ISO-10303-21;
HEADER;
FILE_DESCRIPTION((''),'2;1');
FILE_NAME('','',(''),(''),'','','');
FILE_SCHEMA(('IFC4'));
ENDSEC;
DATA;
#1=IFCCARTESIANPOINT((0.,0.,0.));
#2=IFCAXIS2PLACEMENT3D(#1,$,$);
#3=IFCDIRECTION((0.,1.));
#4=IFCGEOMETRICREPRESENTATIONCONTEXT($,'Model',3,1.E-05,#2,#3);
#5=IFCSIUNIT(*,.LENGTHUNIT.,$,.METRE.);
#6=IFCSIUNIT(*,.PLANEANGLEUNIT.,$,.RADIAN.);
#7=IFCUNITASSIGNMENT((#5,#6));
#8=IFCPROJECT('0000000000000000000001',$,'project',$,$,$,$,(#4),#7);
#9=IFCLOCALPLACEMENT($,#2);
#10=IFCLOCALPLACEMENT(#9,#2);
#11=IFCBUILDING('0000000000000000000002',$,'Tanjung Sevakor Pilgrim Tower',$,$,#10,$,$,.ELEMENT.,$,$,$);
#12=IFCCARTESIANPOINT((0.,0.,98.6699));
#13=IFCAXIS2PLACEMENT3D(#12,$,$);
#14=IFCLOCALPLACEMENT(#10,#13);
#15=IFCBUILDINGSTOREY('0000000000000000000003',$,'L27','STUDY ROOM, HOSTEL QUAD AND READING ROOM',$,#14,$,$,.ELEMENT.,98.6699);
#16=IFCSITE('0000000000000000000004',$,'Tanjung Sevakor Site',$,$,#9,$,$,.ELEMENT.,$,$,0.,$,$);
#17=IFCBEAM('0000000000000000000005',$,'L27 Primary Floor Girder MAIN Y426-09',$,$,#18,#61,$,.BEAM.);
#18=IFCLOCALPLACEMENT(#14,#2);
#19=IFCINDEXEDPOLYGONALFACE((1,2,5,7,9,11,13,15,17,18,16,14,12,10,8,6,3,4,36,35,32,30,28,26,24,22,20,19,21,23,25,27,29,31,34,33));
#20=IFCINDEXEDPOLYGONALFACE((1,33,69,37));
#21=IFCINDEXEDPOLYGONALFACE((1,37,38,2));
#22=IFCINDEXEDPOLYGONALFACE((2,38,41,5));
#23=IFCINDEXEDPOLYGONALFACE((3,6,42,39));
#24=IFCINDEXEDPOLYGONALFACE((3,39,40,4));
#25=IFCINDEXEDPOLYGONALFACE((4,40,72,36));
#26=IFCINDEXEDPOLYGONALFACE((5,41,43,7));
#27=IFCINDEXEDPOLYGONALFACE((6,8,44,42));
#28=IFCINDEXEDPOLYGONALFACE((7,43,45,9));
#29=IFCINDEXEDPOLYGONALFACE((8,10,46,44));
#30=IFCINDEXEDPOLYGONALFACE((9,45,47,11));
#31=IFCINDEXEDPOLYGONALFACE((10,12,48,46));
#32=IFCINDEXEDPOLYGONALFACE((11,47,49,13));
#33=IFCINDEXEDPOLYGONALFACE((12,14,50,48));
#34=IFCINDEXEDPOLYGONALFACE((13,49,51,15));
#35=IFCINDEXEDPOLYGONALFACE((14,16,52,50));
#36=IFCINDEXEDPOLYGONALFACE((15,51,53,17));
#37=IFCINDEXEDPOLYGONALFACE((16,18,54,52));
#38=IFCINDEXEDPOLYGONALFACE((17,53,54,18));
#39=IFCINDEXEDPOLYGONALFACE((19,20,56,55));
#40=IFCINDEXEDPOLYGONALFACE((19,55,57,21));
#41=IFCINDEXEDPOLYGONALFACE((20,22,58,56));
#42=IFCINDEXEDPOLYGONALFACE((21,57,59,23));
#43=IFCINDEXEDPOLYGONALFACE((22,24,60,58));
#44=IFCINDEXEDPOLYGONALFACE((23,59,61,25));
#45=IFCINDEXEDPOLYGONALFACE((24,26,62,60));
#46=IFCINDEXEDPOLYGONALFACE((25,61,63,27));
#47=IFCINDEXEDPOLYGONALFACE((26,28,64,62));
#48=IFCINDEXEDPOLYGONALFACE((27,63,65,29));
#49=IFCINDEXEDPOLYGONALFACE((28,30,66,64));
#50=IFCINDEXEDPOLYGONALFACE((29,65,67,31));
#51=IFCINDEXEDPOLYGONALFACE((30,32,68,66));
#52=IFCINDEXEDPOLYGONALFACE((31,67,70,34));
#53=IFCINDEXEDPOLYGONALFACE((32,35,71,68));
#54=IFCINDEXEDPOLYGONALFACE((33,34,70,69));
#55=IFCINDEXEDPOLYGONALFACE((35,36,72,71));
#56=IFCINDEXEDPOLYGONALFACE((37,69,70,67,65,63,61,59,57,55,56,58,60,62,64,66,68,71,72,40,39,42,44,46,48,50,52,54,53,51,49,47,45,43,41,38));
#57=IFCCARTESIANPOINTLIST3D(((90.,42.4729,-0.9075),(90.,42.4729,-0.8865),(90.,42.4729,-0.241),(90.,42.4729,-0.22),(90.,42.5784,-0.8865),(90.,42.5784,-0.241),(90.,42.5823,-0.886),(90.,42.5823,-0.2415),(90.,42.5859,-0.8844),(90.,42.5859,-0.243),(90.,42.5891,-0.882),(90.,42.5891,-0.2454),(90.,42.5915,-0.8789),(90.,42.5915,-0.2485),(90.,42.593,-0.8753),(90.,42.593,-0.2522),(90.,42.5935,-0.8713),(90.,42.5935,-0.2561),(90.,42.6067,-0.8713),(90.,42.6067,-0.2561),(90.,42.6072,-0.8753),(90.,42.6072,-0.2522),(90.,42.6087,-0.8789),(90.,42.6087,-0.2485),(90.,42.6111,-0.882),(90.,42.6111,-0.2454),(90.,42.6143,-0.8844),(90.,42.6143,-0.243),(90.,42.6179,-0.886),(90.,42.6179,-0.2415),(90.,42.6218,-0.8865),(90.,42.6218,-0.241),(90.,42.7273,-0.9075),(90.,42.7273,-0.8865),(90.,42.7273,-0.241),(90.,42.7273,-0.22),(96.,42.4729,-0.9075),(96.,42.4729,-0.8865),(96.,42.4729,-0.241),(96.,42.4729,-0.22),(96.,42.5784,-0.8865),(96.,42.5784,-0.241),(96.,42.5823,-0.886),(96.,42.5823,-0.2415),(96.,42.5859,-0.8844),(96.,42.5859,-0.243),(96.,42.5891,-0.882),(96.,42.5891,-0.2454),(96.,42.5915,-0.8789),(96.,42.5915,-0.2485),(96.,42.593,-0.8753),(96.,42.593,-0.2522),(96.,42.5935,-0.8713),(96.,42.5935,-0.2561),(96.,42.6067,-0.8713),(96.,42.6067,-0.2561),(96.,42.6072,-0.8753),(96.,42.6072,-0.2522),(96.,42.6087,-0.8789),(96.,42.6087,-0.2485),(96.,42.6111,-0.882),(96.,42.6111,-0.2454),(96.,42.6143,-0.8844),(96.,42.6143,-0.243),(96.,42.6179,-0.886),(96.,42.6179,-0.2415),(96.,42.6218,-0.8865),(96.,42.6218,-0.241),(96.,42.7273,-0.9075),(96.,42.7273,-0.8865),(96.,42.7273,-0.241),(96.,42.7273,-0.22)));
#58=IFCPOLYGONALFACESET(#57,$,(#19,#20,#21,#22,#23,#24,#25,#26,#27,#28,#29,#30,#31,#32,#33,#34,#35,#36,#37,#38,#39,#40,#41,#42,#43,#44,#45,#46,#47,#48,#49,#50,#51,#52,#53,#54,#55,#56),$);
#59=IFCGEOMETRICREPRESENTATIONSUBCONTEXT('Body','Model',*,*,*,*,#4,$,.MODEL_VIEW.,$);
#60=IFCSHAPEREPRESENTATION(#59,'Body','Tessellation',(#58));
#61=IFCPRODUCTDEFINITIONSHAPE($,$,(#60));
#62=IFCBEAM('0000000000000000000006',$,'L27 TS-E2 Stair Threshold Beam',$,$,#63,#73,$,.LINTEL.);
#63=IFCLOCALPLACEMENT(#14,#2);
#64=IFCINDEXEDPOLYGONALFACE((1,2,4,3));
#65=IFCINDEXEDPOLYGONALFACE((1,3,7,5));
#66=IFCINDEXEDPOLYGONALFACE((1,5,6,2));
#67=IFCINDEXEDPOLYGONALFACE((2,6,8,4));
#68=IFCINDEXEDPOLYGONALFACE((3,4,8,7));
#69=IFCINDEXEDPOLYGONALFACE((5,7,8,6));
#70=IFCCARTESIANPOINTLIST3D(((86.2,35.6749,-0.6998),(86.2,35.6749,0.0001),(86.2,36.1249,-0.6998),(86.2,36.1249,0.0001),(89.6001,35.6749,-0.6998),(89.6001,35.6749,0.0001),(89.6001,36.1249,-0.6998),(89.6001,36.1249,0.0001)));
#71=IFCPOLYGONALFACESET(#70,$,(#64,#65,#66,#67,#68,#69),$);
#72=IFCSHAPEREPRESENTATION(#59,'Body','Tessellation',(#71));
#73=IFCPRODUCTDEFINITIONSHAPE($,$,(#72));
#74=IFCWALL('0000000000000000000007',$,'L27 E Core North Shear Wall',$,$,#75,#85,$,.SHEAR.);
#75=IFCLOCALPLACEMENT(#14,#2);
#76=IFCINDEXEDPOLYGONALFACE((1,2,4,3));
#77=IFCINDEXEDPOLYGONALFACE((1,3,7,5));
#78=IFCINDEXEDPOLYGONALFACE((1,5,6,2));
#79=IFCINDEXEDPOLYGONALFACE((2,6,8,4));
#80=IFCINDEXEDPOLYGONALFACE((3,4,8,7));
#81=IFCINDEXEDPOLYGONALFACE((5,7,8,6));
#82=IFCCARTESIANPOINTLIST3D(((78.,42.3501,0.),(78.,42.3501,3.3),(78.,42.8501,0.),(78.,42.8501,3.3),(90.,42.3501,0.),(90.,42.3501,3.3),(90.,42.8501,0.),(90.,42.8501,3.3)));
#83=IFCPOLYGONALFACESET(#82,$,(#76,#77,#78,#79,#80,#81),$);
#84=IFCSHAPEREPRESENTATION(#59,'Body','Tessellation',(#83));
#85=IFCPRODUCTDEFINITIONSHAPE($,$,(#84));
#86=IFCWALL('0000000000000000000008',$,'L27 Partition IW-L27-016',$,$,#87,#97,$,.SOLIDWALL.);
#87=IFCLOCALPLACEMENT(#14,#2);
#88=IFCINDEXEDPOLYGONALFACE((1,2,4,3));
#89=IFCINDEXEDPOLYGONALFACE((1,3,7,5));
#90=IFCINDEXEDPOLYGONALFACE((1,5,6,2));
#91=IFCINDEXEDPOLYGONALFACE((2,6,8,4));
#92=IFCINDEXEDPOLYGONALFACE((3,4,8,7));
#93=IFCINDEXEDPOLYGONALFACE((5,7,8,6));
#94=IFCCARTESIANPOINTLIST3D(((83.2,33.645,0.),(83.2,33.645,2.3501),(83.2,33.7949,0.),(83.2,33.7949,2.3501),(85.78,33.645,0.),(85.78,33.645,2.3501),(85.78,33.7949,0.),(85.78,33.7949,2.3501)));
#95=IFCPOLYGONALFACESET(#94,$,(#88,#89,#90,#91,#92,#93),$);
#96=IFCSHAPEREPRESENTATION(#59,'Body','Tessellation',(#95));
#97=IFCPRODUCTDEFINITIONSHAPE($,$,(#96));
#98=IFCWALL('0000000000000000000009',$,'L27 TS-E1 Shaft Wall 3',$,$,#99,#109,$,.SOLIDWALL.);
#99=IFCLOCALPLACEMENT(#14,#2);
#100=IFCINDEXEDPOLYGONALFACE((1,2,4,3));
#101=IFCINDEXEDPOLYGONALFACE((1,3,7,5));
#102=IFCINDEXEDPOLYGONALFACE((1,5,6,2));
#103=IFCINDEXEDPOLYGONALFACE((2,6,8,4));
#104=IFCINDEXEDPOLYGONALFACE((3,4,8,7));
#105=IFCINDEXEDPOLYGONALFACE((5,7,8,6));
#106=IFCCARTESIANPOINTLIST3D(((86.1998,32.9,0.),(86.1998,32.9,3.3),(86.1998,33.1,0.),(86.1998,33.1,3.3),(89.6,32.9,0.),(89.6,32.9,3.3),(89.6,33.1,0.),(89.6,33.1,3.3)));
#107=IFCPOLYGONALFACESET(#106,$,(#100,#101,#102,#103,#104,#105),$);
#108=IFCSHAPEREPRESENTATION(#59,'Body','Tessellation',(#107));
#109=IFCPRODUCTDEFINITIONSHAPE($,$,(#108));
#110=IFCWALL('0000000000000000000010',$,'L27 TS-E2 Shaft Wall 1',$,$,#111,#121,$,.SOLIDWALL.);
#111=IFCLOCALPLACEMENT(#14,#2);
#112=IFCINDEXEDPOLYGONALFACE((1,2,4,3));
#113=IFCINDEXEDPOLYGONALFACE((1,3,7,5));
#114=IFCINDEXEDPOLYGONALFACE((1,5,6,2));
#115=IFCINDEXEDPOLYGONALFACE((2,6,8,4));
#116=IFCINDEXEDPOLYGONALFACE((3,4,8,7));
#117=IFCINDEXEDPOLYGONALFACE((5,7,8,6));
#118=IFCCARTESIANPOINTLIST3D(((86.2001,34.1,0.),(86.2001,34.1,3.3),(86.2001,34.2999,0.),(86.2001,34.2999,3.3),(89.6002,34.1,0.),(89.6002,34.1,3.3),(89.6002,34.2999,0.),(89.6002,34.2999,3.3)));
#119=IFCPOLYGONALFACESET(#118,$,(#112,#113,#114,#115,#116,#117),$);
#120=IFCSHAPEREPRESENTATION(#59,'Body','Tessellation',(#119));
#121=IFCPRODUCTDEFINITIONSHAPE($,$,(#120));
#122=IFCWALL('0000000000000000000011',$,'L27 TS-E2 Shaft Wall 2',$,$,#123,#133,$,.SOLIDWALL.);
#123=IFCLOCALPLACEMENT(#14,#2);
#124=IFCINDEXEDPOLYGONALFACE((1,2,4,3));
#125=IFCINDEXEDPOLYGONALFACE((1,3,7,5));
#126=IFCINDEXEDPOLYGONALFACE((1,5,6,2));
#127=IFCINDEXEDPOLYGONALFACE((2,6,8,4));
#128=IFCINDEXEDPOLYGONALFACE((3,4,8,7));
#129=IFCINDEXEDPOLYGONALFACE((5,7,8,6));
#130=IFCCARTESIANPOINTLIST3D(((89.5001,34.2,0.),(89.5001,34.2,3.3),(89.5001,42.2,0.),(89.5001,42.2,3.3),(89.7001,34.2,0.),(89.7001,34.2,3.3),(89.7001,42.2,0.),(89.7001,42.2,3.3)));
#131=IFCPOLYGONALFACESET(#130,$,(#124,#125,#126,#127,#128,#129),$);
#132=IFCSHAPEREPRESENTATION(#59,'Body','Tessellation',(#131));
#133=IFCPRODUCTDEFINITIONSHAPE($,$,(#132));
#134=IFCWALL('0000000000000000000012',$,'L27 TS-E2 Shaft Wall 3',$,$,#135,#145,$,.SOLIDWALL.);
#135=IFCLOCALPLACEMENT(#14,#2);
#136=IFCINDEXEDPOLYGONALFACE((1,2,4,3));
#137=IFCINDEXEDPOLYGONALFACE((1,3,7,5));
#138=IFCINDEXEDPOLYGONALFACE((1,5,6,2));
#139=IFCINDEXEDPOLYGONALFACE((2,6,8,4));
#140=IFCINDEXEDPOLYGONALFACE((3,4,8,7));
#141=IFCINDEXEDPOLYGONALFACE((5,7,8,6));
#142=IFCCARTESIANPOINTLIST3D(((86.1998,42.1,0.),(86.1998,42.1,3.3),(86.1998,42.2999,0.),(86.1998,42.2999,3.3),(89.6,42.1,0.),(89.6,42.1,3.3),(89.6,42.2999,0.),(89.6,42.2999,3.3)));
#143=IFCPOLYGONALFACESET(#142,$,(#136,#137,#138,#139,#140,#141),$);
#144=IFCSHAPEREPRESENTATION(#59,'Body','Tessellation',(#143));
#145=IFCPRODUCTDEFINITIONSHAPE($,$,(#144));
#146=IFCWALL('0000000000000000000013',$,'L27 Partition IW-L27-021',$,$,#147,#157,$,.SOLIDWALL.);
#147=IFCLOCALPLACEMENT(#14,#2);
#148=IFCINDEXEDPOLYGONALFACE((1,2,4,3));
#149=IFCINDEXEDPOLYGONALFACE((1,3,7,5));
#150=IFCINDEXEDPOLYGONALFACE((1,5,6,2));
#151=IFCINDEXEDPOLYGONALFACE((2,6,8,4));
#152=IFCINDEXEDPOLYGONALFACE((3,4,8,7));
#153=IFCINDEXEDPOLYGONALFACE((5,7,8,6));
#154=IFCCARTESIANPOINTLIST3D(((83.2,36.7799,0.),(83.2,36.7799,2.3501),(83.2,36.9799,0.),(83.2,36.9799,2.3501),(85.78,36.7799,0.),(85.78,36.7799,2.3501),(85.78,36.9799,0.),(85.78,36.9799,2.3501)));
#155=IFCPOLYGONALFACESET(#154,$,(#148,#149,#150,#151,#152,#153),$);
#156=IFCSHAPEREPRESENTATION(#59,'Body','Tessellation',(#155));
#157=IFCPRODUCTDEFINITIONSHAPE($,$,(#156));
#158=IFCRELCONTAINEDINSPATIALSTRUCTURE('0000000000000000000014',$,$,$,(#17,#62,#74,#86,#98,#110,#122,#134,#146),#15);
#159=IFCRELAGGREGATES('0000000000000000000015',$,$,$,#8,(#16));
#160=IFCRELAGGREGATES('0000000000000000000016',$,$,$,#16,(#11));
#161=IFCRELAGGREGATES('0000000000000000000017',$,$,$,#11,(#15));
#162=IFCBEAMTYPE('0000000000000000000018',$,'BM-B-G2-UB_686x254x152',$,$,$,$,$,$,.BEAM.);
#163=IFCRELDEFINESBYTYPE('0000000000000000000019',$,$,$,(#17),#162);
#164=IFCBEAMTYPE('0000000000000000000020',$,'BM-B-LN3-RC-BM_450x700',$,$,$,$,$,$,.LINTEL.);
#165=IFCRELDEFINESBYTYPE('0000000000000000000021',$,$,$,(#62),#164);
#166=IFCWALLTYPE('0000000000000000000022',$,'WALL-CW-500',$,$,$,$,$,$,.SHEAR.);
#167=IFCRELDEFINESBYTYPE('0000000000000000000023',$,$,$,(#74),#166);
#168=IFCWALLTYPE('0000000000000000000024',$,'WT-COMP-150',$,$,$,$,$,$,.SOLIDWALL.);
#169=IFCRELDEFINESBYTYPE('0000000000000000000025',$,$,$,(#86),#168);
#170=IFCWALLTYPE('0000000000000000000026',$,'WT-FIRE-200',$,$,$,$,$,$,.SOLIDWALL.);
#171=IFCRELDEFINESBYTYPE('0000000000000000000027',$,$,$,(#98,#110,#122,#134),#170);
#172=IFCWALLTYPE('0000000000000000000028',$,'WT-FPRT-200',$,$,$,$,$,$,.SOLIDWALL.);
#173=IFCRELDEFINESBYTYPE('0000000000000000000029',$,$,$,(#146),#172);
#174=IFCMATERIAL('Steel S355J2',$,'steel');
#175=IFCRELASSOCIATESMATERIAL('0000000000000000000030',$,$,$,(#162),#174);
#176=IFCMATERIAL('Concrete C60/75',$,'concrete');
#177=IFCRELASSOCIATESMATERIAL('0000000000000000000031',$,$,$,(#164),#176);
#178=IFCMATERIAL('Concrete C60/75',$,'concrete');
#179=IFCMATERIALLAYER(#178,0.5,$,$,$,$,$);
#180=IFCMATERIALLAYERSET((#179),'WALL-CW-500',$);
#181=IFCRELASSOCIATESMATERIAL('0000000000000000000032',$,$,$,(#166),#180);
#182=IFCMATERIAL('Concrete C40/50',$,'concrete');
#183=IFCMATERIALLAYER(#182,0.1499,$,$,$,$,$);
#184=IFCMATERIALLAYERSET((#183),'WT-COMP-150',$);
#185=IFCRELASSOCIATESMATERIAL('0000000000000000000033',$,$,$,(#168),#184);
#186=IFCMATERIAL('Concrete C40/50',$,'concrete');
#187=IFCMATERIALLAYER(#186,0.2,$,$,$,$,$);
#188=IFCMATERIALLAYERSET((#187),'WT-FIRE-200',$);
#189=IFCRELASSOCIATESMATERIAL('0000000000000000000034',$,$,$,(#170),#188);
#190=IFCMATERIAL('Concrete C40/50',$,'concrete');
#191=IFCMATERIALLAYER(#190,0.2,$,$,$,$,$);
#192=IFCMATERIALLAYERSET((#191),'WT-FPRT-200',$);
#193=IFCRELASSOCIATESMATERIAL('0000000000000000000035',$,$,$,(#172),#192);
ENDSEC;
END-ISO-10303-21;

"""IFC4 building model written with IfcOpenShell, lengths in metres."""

from ifc_helpers import new_model, si_unit, direction, frame, frame_2d, origin, origin_2d, place, context, subcontext, project, spatial, rectangle, i_section, extrude, material, layer, layer_set, material_profile, profile_set, type_object, element, save


model = new_model("IFC4")

# Units and contexts
model_context = context("Model", 3, precision=1e-05, world=origin(), true_north=direction((0.0, 1.0)))
body_context = subcontext(model_context, "Body", "Model", "MODEL_VIEW")
ifc_project = project(units=[si_unit("LENGTHUNIT", "METRE"), si_unit("PLANEANGLEUNIT", "RADIAN")], contexts=[model_context])

# Site, building, storey
site_placement = place(None, origin())
site = spatial("IfcSite", under=ifc_project, at=site_placement, Name="Tanjung Sevakor Site", CompositionType="ELEMENT", RefElevation=0.0)
building_placement = place(site_placement, origin())
building = spatial("IfcBuilding", under=site, at=building_placement, Name="Tanjung Sevakor Pilgrim Tower", CompositionType="ELEMENT")
storey_placement = place(building_placement, frame((0.0, 0.0, 98.6699)))
storey = spatial("IfcBuildingStorey", under=building, at=storey_placement, Name="L27", Description="STUDY ROOM, HOSTEL QUAD AND READING ROOM", CompositionType="ELEMENT", Elevation=98.6699)

# Beams
ifc_material_1 = material(Name="Steel S355J2", Category="steel")
ifc_material_profile_1 = material_profile(ifc_material_1, i_section(OverallWidth=0.2544, OverallDepth=0.6875, WebThickness=0.0132, FlangeThickness=0.021, FilletRadius=0.0151, at=origin_2d()))
ifc_profile_set_1 = profile_set([ifc_material_profile_1], Name="Steel S355J2")
beam_type_1 = type_object("IfcBeamType", Name="BM-B-G2-UB_686x254x152", PredefinedType="BEAM", material=ifc_profile_set_1)
beam_1_placement = place(storey_placement, frame((90.0, 42.6001, -0.5637), z_axis=(1.0, 0.0, 0.0), x_axis=(0.0, 1.0, 0.0)))
element("IfcBeam", 1, at=beam_1_placement, inside=storey, type_object=beam_type_1, Name="L27 Primary Floor Girder MAIN Y426-09", PredefinedType="BEAM", context=body_context, shape_type="SweptSolid", body=[
    extrude(i_section(OverallWidth=0.2544, OverallDepth=0.6875, WebThickness=0.0132, FlangeThickness=0.021, FilletRadius=0.0151, at=origin_2d()), origin(), (0.0, 0.0, 1.0), 6.0),
])
ifc_material_2 = material(Name="Concrete C60/75", Category="concrete")
ifc_material_profile_2 = material_profile(ifc_material_2, rectangle(XDim=0.45, YDim=0.7, at=origin_2d()))
ifc_profile_set_2 = profile_set([ifc_material_profile_2], Name="Concrete C60/75")
beam_type_2 = type_object("IfcBeamType", Name="BM-B-LN3-RC-BM_450x700", PredefinedType="LINTEL", material=ifc_profile_set_2)
beam_2_placement = place(storey_placement, frame((86.2, 35.8999, -0.3499), z_axis=(1.0, 0.0, 0.0), x_axis=(0.0, 1.0, 0.0)))
element("IfcBeam", 2, at=beam_2_placement, inside=storey, type_object=beam_type_2, Name="L27 TS-E2 Stair Threshold Beam", PredefinedType="LINTEL", context=body_context, shape_type="SweptSolid", body=[
    extrude(rectangle(XDim=0.45, YDim=0.7, at=origin_2d()), origin(), (0.0, 0.0, 1.0), 3.4001),
])

# Walls
ifc_material_3 = material(Name="Concrete C60/75", Category="concrete")
ifc_layer_1 = layer(ifc_material_3, 0.5)
ifc_layer_set_1 = layer_set([ifc_layer_1], Name="WALL-CW-500")
wall_type_1 = type_object("IfcWallType", Name="WALL-CW-500", PredefinedType="SHEAR", material=ifc_layer_set_1)
wall_1_placement = place(storey_placement, frame((90.0, 42.6001, 0.0), z_axis=(0.0, 0.0, 1.0), x_axis=(-1.0, 0.0, 0.0)))
element("IfcWall", 3, at=wall_1_placement, inside=storey, type_object=wall_type_1, Name="L27 E Core North Shear Wall", PredefinedType="SHEAR", context=body_context, shape_type="SweptSolid", body=[
    extrude(rectangle(XDim=12.0, YDim=0.5, at=frame_2d((6.0, 0.0))), origin(), (0.0, 0.0, 1.0), 3.3),
])
ifc_material_4 = material(Name="Concrete C40/50", Category="concrete")
ifc_layer_2 = layer(ifc_material_4, 0.1499)
ifc_layer_set_2 = layer_set([ifc_layer_2], Name="WT-COMP-150")
wall_type_2 = type_object("IfcWallType", Name="WT-COMP-150", PredefinedType="SOLIDWALL", material=ifc_layer_set_2)
wall_2_placement = place(storey_placement, frame((83.2, 33.72, 0.0), z_axis=(0.0, 0.0, 1.0), x_axis=(1.0, 0.0, 0.0)))
element("IfcWall", 4, at=wall_2_placement, inside=storey, type_object=wall_type_2, Name="L27 Partition IW-L27-016", PredefinedType="SOLIDWALL", context=body_context, shape_type="SweptSolid", body=[
    extrude(rectangle(XDim=2.5801, YDim=0.1499, at=frame_2d((1.29, 0.0))), origin(), (0.0, 0.0, 1.0), 2.3501),
])
ifc_material_5 = material(Name="Concrete C40/50", Category="concrete")
ifc_layer_3 = layer(ifc_material_5, 0.2)
ifc_layer_set_3 = layer_set([ifc_layer_3], Name="WT-FIRE-200")
wall_type_3 = type_object("IfcWallType", Name="WT-FIRE-200", PredefinedType="SOLIDWALL", material=ifc_layer_set_3)
for number, where, z_axis, x_axis, name in (
    (5, (89.6001, 33.0, 0.0), (0.0, 0.0, 1.0), (-1.0, 0.0, 0.0), "L27 TS-E1 Shaft Wall 3"),
    (6, (86.2, 34.2, 0.0), (0.0, 0.0, 1.0), (1.0, 0.0, 0.0), "L27 TS-E2 Shaft Wall 1"),
):
    element("IfcWall", number, at=place(storey_placement, frame(where, z_axis=z_axis, x_axis=x_axis)), inside=storey, type_object=wall_type_3, Name=name, PredefinedType="SOLIDWALL", context=body_context, shape_type="SweptSolid", body=[
        extrude(rectangle(XDim=3.4001, YDim=0.2, at=frame_2d((1.7002, 0.0))), origin(), (0.0, 0.0, 1.0), 3.3),
    ])
wall_3_placement = place(storey_placement, frame((89.6001, 34.2, 0.0), z_axis=(0.0, 0.0, 1.0), x_axis=(0.0, 1.0, 0.0)))
element("IfcWall", 7, at=wall_3_placement, inside=storey, type_object=wall_type_3, Name="L27 TS-E2 Shaft Wall 2", PredefinedType="SOLIDWALL", context=body_context, shape_type="SweptSolid", body=[
    extrude(rectangle(XDim=8.0, YDim=0.2, at=frame_2d((4.0, 0.0))), origin(), (0.0, 0.0, 1.0), 3.3),
])
wall_4_placement = place(storey_placement, frame((89.6001, 42.2, 0.0), z_axis=(0.0, 0.0, 1.0), x_axis=(-1.0, 0.0, 0.0)))
element("IfcWall", 8, at=wall_4_placement, inside=storey, type_object=wall_type_3, Name="L27 TS-E2 Shaft Wall 3", PredefinedType="SOLIDWALL", context=body_context, shape_type="SweptSolid", body=[
    extrude(rectangle(XDim=3.4001, YDim=0.2, at=frame_2d((1.7002, 0.0))), origin(), (0.0, 0.0, 1.0), 3.3),
])
ifc_material_6 = material(Name="Concrete C40/50", Category="concrete")
ifc_layer_4 = layer(ifc_material_6, 0.2)
ifc_layer_set_4 = layer_set([ifc_layer_4], Name="WT-FPRT-200")
wall_type_4 = type_object("IfcWallType", Name="WT-FPRT-200", PredefinedType="SOLIDWALL", material=ifc_layer_set_4)
wall_5_placement = place(storey_placement, frame((83.2, 36.8799, 0.0), z_axis=(0.0, 0.0, 1.0), x_axis=(1.0, 0.0, 0.0)))
element("IfcWall", 9, at=wall_5_placement, inside=storey, type_object=wall_type_4, Name="L27 Partition IW-L27-021", PredefinedType="SOLIDWALL", context=body_context, shape_type="SweptSolid", body=[
    extrude(rectangle(XDim=2.5801, YDim=0.2, at=frame_2d((1.29, 0.0))), origin(), (0.0, 0.0, 1.0), 2.3501),
])

save(model, "model.ifc")
